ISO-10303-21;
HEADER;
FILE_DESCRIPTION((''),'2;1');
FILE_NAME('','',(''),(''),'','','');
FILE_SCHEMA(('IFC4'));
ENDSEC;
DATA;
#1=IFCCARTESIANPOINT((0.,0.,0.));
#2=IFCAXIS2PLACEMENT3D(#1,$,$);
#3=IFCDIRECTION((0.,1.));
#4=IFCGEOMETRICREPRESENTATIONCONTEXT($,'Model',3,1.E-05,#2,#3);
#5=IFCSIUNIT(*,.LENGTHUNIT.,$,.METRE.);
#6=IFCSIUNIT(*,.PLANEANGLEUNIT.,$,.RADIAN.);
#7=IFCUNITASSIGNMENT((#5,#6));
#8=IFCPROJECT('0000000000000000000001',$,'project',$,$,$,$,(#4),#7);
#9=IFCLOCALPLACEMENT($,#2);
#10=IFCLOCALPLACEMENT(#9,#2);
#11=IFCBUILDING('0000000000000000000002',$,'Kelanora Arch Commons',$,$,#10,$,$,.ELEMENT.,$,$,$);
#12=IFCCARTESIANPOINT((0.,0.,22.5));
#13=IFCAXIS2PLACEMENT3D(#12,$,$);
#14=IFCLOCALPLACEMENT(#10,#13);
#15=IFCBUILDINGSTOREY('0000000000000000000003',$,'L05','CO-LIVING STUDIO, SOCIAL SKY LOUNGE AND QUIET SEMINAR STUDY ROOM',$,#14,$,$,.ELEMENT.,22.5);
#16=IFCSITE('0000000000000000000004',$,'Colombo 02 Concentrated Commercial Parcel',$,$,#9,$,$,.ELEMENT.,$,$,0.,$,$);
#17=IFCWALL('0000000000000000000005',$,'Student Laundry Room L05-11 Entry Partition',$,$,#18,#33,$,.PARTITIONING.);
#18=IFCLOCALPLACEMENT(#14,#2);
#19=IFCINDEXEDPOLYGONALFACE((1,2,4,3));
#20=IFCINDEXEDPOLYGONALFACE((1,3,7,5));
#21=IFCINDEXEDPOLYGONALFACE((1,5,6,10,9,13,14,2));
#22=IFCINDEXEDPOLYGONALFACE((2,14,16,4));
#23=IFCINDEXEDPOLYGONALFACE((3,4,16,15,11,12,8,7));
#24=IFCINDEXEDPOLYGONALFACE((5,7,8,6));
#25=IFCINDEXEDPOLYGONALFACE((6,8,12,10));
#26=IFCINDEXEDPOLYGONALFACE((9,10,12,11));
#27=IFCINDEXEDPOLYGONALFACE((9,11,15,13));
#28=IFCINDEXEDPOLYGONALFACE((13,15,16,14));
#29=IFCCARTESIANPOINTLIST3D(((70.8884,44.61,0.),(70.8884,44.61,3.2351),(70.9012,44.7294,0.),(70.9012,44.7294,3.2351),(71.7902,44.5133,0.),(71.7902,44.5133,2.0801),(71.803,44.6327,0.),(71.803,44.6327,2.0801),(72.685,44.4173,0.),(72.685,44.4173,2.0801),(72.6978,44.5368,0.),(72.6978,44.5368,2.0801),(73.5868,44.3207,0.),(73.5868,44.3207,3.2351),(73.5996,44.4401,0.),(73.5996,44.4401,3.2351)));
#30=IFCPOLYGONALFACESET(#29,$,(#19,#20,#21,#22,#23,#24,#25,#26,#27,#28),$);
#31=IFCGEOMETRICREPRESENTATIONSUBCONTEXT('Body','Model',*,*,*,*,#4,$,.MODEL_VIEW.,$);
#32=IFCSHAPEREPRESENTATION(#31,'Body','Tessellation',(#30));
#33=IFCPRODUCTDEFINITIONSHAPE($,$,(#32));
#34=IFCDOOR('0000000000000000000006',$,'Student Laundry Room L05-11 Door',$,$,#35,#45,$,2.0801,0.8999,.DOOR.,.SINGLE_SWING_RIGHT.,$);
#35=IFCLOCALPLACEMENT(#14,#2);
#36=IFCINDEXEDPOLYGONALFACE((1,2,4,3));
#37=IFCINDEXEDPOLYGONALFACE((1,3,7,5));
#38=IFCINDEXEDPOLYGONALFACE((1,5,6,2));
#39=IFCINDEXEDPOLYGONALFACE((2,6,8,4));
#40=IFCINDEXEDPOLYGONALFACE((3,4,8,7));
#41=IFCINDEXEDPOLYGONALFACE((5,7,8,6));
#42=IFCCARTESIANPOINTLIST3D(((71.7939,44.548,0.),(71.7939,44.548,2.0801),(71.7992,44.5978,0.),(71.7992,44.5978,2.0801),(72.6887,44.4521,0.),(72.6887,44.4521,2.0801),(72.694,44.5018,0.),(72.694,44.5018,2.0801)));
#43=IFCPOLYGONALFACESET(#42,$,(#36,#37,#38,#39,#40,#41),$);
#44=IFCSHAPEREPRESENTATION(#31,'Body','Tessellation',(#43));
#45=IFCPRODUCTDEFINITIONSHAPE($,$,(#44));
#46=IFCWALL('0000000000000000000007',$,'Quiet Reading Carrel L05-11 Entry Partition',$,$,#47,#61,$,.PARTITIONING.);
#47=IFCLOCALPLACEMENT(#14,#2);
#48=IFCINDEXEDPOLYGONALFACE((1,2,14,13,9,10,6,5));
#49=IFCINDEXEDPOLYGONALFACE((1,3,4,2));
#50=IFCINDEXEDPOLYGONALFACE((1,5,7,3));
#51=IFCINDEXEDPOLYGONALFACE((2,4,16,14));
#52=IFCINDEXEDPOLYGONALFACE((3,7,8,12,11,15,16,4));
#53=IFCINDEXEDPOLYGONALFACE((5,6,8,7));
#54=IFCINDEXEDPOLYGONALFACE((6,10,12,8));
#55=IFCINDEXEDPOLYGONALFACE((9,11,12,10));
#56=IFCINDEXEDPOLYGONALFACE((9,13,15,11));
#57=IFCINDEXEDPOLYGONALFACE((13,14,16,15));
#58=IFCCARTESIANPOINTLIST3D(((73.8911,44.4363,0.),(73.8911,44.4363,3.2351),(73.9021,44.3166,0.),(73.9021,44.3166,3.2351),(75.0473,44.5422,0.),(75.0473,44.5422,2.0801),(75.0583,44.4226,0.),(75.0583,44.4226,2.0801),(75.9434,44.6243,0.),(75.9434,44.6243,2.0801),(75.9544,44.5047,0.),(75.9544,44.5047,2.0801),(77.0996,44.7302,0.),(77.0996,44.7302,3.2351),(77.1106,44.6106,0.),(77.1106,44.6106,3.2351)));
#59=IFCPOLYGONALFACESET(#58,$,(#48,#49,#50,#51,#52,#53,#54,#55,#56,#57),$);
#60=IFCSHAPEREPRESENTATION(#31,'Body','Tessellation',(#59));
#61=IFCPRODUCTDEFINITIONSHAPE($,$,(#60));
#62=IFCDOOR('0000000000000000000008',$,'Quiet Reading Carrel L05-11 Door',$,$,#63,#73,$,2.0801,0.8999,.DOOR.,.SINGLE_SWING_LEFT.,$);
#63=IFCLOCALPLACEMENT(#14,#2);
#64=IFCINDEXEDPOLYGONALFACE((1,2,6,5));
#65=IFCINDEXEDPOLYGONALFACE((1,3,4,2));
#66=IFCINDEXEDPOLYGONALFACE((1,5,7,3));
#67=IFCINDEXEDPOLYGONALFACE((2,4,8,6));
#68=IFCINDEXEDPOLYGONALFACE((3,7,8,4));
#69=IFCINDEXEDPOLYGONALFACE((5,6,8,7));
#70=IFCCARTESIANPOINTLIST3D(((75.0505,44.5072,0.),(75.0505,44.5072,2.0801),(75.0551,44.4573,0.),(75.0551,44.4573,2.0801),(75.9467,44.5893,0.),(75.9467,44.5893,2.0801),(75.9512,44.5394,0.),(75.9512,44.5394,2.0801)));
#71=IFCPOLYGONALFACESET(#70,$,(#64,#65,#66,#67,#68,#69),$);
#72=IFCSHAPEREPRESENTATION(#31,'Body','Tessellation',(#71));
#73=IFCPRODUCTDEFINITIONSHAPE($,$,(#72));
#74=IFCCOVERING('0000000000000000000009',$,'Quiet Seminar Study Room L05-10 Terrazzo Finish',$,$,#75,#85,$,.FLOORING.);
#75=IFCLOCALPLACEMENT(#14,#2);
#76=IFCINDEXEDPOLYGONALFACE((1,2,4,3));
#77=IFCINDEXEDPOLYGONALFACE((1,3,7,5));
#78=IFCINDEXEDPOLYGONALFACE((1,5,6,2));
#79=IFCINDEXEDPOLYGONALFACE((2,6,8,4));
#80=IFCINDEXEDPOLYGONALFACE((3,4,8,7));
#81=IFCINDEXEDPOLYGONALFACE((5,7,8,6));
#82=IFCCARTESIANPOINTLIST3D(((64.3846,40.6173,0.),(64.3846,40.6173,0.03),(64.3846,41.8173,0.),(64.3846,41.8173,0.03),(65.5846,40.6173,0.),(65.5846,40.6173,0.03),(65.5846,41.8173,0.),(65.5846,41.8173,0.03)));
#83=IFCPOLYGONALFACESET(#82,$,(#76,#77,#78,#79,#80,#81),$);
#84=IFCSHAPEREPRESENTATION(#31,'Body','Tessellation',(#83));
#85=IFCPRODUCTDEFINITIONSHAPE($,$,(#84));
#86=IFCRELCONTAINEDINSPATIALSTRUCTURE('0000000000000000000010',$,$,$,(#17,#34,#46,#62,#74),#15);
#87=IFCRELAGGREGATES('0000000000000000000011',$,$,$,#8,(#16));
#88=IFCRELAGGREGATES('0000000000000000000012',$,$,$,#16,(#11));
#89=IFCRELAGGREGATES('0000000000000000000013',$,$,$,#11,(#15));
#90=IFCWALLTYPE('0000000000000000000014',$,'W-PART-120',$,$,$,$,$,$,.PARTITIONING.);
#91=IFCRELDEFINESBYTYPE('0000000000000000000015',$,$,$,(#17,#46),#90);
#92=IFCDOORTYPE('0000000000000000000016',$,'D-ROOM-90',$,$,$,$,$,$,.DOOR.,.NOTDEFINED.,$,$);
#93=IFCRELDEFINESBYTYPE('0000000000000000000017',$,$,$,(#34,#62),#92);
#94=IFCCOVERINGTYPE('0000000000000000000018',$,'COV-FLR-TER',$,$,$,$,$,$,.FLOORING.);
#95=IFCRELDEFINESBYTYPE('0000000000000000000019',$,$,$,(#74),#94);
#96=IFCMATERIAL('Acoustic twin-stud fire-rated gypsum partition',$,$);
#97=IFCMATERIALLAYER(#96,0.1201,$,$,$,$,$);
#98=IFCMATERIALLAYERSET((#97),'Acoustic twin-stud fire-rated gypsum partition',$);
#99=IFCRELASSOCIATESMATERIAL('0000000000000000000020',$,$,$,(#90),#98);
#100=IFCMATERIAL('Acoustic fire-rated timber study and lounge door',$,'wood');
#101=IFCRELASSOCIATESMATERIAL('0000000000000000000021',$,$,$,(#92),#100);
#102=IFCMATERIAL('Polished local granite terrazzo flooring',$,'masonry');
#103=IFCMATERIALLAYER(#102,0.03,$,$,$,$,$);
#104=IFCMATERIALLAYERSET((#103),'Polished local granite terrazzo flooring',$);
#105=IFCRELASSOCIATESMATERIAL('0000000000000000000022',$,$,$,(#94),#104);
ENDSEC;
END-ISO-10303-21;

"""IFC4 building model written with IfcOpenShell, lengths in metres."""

from ifc_helpers import new_model, si_unit, direction, frame, frame_2d, origin, origin_2d, place, context, subcontext, project, spatial, rectangle, extrude, source, transform, mapped, material, layer, layer_set, type_object, element, fill, save


model = new_model("IFC4")

# Units and contexts
model_context = context("Model", 3, precision=1e-05, world=origin(), true_north=direction((0.0, 1.0)))
body_context = subcontext(model_context, "Body", "Model", "MODEL_VIEW")
ifc_project = project(units=[si_unit("LENGTHUNIT", "METRE"), si_unit("PLANEANGLEUNIT", "RADIAN")], contexts=[model_context])

# Site, building, storey
site_placement = place(None, origin())
site = spatial("IfcSite", under=ifc_project, at=site_placement, Name="Colombo 02 Concentrated Commercial Parcel", CompositionType="ELEMENT", RefElevation=0.0)
building_placement = place(site_placement, origin())
building = spatial("IfcBuilding", under=site, at=building_placement, Name="Kelanora Arch Commons", CompositionType="ELEMENT")
storey_placement = place(building_placement, frame((0.0, 0.0, 22.5)))
storey = spatial("IfcBuildingStorey", under=building, at=storey_placement, Name="L05", Description="CO-LIVING STUDIO, SOCIAL SKY LOUNGE AND QUIET SEMINAR STUDY ROOM", CompositionType="ELEMENT", Elevation=22.5)

# Walls, openings, doors
ifc_material_1 = material(Name="Acoustic twin-stud fire-rated gypsum partition")
ifc_layer_1 = layer(ifc_material_1, 0.1201)
ifc_layer_set_1 = layer_set([ifc_layer_1], Name="Acoustic twin-stud fire-rated gypsum partition")
wall_type_1 = type_object("IfcWallType", Name="W-PART-120", PredefinedType="PARTITIONING", material=ifc_layer_set_1)
ifc_material_2 = material(Name="Acoustic fire-rated timber study and lounge door", Category="wood")
door_type_1 = type_object("IfcDoorType", Name="D-ROOM-90", OperationType="NOTDEFINED", PredefinedType="DOOR", material=ifc_material_2)
wall_1_placement = place(storey_placement, frame((70.8948, 44.6697, 0.0), z_axis=(0.0, 0.0, 1.0), x_axis=(0.994302, -0.1066, 0.0)))
wall_1 = element("IfcWall", 1, at=wall_1_placement, inside=storey, type_object=wall_type_1, Name="Student Laundry Room L05-11 Entry Partition", PredefinedType="PARTITIONING", context=body_context, shape_type="SweptSolid", body=[
    extrude(rectangle(XDim=2.7139, YDim=0.1201, at=frame_2d((1.3569, 0.0))), origin(), (0.0, 0.0, 1.0), 3.2351),
])
opening_1_placement = place(wall_1_placement, frame((0.907, 0.0, 0.0)))
opening_1 = element("IfcOpeningElement", 2, at=opening_1_placement, cuts=wall_1, PredefinedType="OPENING", context=body_context, shape_type="SweptSolid", body=[
    extrude(rectangle(XDim=0.8999, YDim=2.0801, at=frame_2d((0.45, 1.04))), frame((0.0, 0.0701, 0.0), z_axis=(0.0, -1.0, 0.0), x_axis=(1.0, 0.0, 0.0)), (0.0, 0.0, 1.0), 0.1401),
])
door_1_placement = place(opening_1_placement, origin())
door_1 = element("IfcDoor", 3, at=door_1_placement, inside=storey, type_object=door_type_1, Name="Student Laundry Room L05-11 Door", OperationType="SINGLE_SWING_RIGHT", OverallHeight=2.0801, OverallWidth=0.8999, PredefinedType="DOOR", context=body_context, shape_type="SweptSolid", body=[
    extrude(rectangle(XDim=0.8999, YDim=2.0801, at=frame_2d((0.45, 1.04))), frame((0.0, 0.0249, 0.0), z_axis=(0.0, -1.0, 0.0), x_axis=(1.0, 0.0, 0.0)), (0.0, 0.0, 1.0), 0.05),
])
fill(opening_1, door_1)
wall_2_placement = place(storey_placement, frame((73.8967, 44.3765, 0.0), z_axis=(0.0, 0.0, 1.0), x_axis=(0.99583, 0.091233, 0.0)))
wall_2 = element("IfcWall", 4, at=wall_2_placement, inside=storey, type_object=wall_type_1, Name="Quiet Reading Carrel L05-11 Entry Partition", PredefinedType="PARTITIONING", context=body_context, shape_type="SweptSolid", body=[
    extrude(rectangle(XDim=3.2219, YDim=0.1201, at=frame_2d((1.6108, 0.0))), origin(), (0.0, 0.0, 1.0), 3.2351),
])
opening_2_placement = place(wall_2_placement, frame((1.1609, 0.0, 0.0)))
opening_2 = element("IfcOpeningElement", 5, at=opening_2_placement, cuts=wall_2, PredefinedType="OPENING", context=body_context, shape_type="SweptSolid", body=[
    extrude(rectangle(XDim=0.8999, YDim=2.0801, at=frame_2d((0.45, 1.04))), frame((0.0, 0.0701, 0.0), z_axis=(0.0, -1.0, 0.0), x_axis=(1.0, 0.0, 0.0)), (0.0, 0.0, 1.0), 0.1401),
])
door_2_placement = place(opening_2_placement, origin())
door_2 = element("IfcDoor", 6, at=door_2_placement, inside=storey, type_object=door_type_1, Name="Quiet Reading Carrel L05-11 Door", OperationType="SINGLE_SWING_LEFT", OverallHeight=2.0801, OverallWidth=0.8999, PredefinedType="DOOR", context=body_context, shape_type="SweptSolid", body=[
    extrude(rectangle(XDim=0.8999, YDim=2.0801, at=frame_2d((0.45, 1.04))), frame((0.0, 0.0249, 0.0), z_axis=(0.0, -1.0, 0.0), x_axis=(1.0, 0.0, 0.0)), (0.0, 0.0, 1.0), 0.05),
])
fill(opening_2, door_2)

# Covering
ifc_material_3 = material(Name="Polished local granite terrazzo flooring", Category="masonry")
ifc_layer_2 = layer(ifc_material_3, 0.03)
ifc_layer_set_2 = layer_set([ifc_layer_2], Name="Polished local granite terrazzo flooring")
covering_type = type_object("IfcCoveringType", Name="COV-FLR-TER", PredefinedType="FLOORING", material=ifc_layer_set_2)
shared_shape = source(origin(), body_context, "Body", "SweptSolid", [
    extrude(rectangle(XDim=1.2, YDim=1.2, at=origin_2d()), origin(), (0.0, 0.0, 1.0), 0.03),
])
covering_placement = place(storey_placement, frame((64.9846, 41.2173, 0.0), z_axis=(0.0, 0.0, 1.0), x_axis=(1.0, 0.0, 0.0)))
element("IfcCovering", 7, at=covering_placement, inside=storey, type_object=covering_type, Name="Quiet Seminar Study Room L05-10 Terrazzo Finish", PredefinedType="FLOORING", context=body_context, shape_type="MappedRepresentation", body=[
    mapped(shared_shape, transform((0.0, 0.0, 0.0), scale=1.0)),
])

save(model, "model.ifc")
